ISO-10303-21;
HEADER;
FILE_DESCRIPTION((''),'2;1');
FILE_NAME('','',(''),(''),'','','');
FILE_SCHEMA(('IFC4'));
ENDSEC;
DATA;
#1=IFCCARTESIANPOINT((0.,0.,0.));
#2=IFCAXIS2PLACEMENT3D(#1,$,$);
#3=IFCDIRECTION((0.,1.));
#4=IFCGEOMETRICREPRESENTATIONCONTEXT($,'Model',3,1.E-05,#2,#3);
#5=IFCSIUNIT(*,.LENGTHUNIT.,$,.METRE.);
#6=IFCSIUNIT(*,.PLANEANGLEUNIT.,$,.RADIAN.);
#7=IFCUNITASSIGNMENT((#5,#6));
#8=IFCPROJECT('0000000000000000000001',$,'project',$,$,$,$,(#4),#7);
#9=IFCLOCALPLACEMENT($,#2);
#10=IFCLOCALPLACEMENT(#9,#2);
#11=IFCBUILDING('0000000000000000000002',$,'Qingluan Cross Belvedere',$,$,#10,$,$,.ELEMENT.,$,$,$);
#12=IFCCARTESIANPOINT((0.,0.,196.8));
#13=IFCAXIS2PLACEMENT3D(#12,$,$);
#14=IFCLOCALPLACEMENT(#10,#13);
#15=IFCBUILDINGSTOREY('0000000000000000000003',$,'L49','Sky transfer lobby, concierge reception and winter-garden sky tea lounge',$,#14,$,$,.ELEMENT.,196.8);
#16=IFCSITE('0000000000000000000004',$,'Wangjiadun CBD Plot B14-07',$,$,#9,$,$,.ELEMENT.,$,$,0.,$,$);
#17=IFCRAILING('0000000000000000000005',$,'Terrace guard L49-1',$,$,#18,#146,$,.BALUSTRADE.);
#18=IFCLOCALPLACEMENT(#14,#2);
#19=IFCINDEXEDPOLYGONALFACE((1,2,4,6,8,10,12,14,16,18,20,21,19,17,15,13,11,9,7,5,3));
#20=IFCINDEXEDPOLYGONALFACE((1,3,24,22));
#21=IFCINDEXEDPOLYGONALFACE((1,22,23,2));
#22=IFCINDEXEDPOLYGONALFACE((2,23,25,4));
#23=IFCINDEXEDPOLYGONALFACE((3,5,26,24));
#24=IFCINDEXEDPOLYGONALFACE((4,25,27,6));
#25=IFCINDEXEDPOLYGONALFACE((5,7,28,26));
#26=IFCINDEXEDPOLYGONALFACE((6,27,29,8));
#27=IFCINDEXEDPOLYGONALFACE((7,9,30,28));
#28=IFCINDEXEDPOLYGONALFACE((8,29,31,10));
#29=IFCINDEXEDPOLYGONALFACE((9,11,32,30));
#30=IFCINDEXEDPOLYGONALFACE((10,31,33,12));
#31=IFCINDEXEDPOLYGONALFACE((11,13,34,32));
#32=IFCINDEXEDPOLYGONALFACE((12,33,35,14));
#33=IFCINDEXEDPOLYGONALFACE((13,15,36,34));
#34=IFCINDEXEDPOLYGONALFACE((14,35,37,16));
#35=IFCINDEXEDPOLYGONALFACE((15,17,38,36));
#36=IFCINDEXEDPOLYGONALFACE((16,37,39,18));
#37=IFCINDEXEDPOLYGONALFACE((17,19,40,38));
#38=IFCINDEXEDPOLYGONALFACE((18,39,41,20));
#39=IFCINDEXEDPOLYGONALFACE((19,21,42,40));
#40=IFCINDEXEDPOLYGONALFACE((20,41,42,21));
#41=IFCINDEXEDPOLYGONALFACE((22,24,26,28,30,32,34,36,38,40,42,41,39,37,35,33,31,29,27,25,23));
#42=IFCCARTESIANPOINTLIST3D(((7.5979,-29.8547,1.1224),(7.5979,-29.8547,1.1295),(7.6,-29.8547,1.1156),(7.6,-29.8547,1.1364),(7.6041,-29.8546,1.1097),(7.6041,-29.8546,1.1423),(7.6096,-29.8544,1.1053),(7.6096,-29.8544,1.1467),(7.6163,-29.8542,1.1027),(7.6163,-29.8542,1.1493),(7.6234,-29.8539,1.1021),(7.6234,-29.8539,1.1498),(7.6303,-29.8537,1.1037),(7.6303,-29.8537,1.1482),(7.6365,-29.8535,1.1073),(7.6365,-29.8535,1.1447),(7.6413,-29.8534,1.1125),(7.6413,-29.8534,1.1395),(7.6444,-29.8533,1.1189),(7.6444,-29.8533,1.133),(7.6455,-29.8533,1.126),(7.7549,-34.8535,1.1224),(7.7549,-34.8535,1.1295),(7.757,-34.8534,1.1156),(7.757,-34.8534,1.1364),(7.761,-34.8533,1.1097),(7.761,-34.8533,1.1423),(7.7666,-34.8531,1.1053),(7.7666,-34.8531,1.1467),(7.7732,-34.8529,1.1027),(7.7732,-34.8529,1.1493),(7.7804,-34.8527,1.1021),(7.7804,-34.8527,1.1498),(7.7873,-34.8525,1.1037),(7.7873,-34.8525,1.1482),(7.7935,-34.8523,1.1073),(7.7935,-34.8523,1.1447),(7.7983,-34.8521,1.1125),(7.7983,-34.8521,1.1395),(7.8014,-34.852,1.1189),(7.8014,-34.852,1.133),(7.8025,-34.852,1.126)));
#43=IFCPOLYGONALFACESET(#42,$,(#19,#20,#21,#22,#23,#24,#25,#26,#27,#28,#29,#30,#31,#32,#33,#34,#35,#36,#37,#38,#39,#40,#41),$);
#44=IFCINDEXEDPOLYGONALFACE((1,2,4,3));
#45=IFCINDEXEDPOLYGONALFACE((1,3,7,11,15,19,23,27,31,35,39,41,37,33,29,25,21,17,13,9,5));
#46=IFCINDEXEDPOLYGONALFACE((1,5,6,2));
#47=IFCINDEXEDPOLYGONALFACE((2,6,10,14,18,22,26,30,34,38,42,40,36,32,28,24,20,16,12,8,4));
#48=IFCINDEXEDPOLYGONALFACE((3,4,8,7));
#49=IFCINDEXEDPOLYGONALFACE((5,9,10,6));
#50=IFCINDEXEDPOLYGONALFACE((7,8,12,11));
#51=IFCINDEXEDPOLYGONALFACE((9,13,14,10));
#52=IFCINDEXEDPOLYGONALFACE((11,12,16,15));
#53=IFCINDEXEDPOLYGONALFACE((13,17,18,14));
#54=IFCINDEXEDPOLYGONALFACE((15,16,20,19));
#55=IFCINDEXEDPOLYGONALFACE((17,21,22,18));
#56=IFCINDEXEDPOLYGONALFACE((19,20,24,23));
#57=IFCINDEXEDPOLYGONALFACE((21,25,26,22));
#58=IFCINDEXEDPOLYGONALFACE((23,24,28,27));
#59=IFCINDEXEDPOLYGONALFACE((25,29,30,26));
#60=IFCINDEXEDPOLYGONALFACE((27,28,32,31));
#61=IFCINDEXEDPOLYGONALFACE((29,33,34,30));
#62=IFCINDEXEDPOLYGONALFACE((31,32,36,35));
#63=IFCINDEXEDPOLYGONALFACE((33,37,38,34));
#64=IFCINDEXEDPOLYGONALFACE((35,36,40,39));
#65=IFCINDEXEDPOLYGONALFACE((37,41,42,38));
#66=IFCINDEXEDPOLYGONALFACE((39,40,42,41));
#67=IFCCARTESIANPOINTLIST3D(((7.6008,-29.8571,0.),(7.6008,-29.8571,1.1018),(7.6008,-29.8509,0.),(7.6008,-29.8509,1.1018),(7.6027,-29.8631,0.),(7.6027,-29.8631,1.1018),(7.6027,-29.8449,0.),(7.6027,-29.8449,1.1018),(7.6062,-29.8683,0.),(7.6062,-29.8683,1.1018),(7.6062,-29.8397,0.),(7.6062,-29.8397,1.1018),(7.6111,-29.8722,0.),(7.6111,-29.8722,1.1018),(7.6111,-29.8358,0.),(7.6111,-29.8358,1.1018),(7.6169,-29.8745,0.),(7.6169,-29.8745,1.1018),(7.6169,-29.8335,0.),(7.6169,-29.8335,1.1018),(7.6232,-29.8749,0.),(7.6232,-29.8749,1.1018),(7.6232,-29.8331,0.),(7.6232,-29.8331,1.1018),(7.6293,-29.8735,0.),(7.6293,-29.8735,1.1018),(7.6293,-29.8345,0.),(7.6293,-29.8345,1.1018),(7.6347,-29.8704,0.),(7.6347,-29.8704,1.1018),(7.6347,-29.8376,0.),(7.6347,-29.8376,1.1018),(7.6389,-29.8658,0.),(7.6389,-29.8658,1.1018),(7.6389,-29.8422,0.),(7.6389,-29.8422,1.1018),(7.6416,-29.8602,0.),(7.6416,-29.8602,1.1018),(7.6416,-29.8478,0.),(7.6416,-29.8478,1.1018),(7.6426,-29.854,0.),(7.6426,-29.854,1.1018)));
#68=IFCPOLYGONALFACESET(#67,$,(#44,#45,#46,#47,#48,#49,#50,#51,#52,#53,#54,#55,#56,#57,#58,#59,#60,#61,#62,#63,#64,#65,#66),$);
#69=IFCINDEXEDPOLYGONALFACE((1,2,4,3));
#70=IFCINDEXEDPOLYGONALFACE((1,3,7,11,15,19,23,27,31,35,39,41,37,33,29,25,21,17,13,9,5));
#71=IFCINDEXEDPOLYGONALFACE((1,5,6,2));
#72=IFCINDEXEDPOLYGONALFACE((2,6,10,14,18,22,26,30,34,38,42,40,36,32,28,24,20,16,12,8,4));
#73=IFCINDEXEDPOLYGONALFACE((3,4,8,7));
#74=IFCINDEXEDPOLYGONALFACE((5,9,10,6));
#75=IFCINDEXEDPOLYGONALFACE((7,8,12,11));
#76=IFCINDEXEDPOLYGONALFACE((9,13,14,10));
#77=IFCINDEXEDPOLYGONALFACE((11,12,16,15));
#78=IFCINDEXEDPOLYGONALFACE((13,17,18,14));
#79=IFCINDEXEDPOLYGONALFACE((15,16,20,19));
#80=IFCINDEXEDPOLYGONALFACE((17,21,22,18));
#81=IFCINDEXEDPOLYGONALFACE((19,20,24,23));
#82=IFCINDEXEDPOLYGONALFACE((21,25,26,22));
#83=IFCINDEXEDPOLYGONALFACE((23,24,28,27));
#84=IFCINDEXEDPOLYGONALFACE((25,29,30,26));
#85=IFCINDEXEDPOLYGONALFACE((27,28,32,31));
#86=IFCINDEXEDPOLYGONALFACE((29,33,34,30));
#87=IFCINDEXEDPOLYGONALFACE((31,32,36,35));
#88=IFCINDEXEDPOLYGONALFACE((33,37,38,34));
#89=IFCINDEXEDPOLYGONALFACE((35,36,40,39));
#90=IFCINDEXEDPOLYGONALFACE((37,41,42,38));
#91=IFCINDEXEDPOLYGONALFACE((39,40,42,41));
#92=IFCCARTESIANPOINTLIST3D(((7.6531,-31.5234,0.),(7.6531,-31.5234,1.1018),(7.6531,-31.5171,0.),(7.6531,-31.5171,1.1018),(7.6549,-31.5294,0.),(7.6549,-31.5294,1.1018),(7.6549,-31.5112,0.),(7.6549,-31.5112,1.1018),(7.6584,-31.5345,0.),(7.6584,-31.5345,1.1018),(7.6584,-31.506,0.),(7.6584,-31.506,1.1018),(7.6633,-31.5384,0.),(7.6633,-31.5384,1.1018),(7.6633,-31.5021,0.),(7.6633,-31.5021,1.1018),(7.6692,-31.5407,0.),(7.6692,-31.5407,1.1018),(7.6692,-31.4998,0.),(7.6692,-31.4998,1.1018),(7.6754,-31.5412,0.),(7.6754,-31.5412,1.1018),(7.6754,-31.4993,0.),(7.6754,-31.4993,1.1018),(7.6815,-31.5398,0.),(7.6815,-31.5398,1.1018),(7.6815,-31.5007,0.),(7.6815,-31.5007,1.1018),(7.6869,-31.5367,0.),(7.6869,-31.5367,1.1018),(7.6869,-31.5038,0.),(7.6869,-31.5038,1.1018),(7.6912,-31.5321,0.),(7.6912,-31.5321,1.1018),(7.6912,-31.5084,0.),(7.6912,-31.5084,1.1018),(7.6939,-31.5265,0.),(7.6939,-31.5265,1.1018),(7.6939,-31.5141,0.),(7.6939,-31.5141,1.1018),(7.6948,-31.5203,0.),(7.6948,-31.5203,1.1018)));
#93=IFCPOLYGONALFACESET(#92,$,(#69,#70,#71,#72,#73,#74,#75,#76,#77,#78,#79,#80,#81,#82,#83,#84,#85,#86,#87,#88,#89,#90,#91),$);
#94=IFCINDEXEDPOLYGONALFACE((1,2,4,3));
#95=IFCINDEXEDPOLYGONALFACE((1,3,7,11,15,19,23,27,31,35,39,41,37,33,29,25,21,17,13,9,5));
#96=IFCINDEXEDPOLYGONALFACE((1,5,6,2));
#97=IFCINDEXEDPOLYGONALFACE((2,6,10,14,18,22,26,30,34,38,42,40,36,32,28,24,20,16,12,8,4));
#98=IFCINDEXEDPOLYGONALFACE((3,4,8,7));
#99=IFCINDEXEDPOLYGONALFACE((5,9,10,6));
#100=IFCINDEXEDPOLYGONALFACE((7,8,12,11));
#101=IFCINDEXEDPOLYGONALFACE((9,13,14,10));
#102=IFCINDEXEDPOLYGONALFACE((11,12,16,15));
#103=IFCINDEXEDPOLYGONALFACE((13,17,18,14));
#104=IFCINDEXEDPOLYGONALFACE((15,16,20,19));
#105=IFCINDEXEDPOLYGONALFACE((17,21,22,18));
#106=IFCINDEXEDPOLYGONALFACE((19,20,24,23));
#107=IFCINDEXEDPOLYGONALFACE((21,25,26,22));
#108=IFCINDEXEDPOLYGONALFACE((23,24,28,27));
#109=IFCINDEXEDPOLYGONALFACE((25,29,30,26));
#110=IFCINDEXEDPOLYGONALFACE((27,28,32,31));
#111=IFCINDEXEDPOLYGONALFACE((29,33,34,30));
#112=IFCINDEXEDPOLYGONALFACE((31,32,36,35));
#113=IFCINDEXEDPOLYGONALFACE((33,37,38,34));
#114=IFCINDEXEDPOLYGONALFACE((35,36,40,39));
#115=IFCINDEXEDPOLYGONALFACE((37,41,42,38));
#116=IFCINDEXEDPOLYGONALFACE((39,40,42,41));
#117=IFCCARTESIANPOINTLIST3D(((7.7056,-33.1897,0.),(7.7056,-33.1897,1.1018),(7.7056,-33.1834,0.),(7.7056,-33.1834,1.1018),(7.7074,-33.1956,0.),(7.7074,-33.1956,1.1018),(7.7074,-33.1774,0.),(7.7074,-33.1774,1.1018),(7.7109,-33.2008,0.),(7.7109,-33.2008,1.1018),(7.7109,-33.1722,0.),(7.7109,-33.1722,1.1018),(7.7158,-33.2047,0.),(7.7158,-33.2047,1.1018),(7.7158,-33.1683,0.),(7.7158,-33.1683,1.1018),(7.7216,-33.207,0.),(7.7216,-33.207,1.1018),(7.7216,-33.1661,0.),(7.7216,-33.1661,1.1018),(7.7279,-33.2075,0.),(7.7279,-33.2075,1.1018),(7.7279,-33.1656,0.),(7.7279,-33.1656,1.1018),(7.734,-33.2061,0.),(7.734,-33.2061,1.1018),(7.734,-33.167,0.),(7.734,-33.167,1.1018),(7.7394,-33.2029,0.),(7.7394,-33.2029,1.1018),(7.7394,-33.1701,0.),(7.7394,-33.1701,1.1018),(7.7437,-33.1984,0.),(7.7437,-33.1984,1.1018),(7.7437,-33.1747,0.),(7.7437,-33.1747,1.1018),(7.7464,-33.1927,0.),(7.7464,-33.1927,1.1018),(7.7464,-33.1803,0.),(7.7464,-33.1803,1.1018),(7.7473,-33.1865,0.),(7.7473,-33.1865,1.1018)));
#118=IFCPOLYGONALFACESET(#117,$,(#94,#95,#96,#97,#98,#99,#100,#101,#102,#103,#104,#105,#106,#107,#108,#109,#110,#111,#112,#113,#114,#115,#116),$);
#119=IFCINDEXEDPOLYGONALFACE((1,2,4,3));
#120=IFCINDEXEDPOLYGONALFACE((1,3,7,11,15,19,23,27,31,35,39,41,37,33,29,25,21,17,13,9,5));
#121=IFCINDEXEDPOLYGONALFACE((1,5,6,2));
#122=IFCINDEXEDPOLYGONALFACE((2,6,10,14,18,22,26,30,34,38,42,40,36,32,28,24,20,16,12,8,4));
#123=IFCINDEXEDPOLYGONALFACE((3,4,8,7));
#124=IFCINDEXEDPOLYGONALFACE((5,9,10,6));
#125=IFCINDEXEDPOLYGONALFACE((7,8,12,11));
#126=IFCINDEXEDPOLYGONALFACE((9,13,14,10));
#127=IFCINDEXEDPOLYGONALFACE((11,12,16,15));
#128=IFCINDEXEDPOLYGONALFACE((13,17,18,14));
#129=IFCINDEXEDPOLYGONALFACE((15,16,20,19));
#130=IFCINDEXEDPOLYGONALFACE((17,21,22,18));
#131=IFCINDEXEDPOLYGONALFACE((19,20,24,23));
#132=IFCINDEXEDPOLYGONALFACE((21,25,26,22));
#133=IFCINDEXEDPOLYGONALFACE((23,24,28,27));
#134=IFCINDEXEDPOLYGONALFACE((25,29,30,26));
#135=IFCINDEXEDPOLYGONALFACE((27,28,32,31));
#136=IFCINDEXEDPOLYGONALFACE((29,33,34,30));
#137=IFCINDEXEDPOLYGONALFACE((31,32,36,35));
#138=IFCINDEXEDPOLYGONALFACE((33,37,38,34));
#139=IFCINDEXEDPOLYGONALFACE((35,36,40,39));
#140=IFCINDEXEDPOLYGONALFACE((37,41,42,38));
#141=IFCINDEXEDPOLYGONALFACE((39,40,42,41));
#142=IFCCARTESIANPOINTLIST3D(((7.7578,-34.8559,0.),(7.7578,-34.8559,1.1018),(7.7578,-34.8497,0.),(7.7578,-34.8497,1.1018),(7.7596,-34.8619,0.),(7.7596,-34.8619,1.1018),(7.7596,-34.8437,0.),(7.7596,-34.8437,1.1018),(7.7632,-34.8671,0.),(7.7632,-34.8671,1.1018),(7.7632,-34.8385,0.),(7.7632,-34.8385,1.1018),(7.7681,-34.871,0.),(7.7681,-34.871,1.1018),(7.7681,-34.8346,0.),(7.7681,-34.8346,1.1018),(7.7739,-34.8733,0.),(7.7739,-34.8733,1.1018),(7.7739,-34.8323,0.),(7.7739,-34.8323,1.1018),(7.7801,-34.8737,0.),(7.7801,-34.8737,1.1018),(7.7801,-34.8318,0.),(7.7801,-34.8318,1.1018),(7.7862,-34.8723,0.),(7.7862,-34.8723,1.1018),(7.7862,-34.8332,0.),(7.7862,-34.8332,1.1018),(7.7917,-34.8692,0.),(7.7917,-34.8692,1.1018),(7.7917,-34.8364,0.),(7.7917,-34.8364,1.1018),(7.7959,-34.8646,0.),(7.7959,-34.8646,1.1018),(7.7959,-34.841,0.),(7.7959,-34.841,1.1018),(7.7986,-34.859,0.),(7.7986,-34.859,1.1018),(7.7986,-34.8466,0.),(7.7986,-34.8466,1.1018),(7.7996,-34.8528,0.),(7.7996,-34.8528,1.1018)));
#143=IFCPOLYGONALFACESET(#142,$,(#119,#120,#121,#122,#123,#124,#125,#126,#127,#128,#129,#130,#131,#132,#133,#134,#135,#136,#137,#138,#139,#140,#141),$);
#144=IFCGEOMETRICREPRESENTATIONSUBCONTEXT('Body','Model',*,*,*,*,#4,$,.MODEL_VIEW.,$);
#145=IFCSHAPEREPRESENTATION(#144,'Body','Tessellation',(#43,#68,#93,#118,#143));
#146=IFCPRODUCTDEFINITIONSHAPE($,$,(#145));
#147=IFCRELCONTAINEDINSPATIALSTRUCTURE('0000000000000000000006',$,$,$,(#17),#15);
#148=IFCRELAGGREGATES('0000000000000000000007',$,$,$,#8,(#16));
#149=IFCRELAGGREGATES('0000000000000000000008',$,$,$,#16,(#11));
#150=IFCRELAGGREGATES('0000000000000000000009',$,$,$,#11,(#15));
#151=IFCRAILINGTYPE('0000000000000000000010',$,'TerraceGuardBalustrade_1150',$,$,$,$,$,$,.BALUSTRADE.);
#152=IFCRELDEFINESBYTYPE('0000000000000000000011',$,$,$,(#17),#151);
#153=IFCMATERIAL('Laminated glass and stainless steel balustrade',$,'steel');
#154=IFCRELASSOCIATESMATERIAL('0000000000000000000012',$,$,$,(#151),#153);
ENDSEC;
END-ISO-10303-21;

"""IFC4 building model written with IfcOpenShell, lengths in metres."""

from ifc_helpers import new_model, si_unit, direction, frame, origin, origin_2d, place, context, subcontext, project, spatial, circle, extrude, material, type_object, element, save


model = new_model("IFC4")

# Units and contexts
model_context = context("Model", 3, precision=1e-05, world=origin(), true_north=direction((0.0, 1.0)))
body_context = subcontext(model_context, "Body", "Model", "MODEL_VIEW")
ifc_project = project(units=[si_unit("LENGTHUNIT", "METRE"), si_unit("PLANEANGLEUNIT", "RADIAN")], contexts=[model_context])

# Site, building, storey
site_placement = place(None, origin())
site = spatial("IfcSite", under=ifc_project, at=site_placement, Name="Wangjiadun CBD Plot B14-07", CompositionType="ELEMENT", RefElevation=0.0)
building_placement = place(site_placement, origin())
building = spatial("IfcBuilding", under=site, at=building_placement, Name="Qingluan Cross Belvedere", CompositionType="ELEMENT")
storey_placement = place(building_placement, frame((0.0, 0.0, 196.8)))
storey = spatial("IfcBuildingStorey", under=building, at=storey_placement, Name="L49", Description="Sky transfer lobby, concierge reception and winter-garden sky tea lounge", CompositionType="ELEMENT", Elevation=196.8)

# Railing
ifc_material_1 = material(Name="Laminated glass and stainless steel balustrade", Category="steel")
railing_type = type_object("IfcRailingType", Name="TerraceGuardBalustrade_1150", PredefinedType="BALUSTRADE", material=ifc_material_1)
railing_1_placement = place(storey_placement, frame((7.6216, -29.854, 0.0)))
element("IfcRailing", 1, at=railing_1_placement, inside=storey, type_object=railing_type, Name="Terrace guard L49-1", PredefinedType="BALUSTRADE", context=body_context, shape_type="SweptSolid", body=[
    extrude(circle(Radius=0.0239, at=origin_2d()), frame((0.0, 0.0, 1.126), z_axis=(0.031389, -0.999507, 0.0), x_axis=(0.999507, 0.031389, 0.0)), (0.0, 0.0, 1.0), 5.0012),
    extrude(circle(Radius=0.021, at=origin_2d()), origin(), (0.0, 0.0, 1.0), 1.1018),
    extrude(circle(Radius=0.021, at=origin_2d()), frame((0.0522, -1.6663, 0.0)), (0.0, 0.0, 1.0), 1.1018),
    extrude(circle(Radius=0.021, at=origin_2d()), frame((0.1047, -3.3325, 0.0)), (0.0, 0.0, 1.0), 1.1018),
    extrude(circle(Radius=0.021, at=origin_2d()), frame((0.157, -4.9988, 0.0)), (0.0, 0.0, 1.0), 1.1018),
])

save(model, "model.ifc")
